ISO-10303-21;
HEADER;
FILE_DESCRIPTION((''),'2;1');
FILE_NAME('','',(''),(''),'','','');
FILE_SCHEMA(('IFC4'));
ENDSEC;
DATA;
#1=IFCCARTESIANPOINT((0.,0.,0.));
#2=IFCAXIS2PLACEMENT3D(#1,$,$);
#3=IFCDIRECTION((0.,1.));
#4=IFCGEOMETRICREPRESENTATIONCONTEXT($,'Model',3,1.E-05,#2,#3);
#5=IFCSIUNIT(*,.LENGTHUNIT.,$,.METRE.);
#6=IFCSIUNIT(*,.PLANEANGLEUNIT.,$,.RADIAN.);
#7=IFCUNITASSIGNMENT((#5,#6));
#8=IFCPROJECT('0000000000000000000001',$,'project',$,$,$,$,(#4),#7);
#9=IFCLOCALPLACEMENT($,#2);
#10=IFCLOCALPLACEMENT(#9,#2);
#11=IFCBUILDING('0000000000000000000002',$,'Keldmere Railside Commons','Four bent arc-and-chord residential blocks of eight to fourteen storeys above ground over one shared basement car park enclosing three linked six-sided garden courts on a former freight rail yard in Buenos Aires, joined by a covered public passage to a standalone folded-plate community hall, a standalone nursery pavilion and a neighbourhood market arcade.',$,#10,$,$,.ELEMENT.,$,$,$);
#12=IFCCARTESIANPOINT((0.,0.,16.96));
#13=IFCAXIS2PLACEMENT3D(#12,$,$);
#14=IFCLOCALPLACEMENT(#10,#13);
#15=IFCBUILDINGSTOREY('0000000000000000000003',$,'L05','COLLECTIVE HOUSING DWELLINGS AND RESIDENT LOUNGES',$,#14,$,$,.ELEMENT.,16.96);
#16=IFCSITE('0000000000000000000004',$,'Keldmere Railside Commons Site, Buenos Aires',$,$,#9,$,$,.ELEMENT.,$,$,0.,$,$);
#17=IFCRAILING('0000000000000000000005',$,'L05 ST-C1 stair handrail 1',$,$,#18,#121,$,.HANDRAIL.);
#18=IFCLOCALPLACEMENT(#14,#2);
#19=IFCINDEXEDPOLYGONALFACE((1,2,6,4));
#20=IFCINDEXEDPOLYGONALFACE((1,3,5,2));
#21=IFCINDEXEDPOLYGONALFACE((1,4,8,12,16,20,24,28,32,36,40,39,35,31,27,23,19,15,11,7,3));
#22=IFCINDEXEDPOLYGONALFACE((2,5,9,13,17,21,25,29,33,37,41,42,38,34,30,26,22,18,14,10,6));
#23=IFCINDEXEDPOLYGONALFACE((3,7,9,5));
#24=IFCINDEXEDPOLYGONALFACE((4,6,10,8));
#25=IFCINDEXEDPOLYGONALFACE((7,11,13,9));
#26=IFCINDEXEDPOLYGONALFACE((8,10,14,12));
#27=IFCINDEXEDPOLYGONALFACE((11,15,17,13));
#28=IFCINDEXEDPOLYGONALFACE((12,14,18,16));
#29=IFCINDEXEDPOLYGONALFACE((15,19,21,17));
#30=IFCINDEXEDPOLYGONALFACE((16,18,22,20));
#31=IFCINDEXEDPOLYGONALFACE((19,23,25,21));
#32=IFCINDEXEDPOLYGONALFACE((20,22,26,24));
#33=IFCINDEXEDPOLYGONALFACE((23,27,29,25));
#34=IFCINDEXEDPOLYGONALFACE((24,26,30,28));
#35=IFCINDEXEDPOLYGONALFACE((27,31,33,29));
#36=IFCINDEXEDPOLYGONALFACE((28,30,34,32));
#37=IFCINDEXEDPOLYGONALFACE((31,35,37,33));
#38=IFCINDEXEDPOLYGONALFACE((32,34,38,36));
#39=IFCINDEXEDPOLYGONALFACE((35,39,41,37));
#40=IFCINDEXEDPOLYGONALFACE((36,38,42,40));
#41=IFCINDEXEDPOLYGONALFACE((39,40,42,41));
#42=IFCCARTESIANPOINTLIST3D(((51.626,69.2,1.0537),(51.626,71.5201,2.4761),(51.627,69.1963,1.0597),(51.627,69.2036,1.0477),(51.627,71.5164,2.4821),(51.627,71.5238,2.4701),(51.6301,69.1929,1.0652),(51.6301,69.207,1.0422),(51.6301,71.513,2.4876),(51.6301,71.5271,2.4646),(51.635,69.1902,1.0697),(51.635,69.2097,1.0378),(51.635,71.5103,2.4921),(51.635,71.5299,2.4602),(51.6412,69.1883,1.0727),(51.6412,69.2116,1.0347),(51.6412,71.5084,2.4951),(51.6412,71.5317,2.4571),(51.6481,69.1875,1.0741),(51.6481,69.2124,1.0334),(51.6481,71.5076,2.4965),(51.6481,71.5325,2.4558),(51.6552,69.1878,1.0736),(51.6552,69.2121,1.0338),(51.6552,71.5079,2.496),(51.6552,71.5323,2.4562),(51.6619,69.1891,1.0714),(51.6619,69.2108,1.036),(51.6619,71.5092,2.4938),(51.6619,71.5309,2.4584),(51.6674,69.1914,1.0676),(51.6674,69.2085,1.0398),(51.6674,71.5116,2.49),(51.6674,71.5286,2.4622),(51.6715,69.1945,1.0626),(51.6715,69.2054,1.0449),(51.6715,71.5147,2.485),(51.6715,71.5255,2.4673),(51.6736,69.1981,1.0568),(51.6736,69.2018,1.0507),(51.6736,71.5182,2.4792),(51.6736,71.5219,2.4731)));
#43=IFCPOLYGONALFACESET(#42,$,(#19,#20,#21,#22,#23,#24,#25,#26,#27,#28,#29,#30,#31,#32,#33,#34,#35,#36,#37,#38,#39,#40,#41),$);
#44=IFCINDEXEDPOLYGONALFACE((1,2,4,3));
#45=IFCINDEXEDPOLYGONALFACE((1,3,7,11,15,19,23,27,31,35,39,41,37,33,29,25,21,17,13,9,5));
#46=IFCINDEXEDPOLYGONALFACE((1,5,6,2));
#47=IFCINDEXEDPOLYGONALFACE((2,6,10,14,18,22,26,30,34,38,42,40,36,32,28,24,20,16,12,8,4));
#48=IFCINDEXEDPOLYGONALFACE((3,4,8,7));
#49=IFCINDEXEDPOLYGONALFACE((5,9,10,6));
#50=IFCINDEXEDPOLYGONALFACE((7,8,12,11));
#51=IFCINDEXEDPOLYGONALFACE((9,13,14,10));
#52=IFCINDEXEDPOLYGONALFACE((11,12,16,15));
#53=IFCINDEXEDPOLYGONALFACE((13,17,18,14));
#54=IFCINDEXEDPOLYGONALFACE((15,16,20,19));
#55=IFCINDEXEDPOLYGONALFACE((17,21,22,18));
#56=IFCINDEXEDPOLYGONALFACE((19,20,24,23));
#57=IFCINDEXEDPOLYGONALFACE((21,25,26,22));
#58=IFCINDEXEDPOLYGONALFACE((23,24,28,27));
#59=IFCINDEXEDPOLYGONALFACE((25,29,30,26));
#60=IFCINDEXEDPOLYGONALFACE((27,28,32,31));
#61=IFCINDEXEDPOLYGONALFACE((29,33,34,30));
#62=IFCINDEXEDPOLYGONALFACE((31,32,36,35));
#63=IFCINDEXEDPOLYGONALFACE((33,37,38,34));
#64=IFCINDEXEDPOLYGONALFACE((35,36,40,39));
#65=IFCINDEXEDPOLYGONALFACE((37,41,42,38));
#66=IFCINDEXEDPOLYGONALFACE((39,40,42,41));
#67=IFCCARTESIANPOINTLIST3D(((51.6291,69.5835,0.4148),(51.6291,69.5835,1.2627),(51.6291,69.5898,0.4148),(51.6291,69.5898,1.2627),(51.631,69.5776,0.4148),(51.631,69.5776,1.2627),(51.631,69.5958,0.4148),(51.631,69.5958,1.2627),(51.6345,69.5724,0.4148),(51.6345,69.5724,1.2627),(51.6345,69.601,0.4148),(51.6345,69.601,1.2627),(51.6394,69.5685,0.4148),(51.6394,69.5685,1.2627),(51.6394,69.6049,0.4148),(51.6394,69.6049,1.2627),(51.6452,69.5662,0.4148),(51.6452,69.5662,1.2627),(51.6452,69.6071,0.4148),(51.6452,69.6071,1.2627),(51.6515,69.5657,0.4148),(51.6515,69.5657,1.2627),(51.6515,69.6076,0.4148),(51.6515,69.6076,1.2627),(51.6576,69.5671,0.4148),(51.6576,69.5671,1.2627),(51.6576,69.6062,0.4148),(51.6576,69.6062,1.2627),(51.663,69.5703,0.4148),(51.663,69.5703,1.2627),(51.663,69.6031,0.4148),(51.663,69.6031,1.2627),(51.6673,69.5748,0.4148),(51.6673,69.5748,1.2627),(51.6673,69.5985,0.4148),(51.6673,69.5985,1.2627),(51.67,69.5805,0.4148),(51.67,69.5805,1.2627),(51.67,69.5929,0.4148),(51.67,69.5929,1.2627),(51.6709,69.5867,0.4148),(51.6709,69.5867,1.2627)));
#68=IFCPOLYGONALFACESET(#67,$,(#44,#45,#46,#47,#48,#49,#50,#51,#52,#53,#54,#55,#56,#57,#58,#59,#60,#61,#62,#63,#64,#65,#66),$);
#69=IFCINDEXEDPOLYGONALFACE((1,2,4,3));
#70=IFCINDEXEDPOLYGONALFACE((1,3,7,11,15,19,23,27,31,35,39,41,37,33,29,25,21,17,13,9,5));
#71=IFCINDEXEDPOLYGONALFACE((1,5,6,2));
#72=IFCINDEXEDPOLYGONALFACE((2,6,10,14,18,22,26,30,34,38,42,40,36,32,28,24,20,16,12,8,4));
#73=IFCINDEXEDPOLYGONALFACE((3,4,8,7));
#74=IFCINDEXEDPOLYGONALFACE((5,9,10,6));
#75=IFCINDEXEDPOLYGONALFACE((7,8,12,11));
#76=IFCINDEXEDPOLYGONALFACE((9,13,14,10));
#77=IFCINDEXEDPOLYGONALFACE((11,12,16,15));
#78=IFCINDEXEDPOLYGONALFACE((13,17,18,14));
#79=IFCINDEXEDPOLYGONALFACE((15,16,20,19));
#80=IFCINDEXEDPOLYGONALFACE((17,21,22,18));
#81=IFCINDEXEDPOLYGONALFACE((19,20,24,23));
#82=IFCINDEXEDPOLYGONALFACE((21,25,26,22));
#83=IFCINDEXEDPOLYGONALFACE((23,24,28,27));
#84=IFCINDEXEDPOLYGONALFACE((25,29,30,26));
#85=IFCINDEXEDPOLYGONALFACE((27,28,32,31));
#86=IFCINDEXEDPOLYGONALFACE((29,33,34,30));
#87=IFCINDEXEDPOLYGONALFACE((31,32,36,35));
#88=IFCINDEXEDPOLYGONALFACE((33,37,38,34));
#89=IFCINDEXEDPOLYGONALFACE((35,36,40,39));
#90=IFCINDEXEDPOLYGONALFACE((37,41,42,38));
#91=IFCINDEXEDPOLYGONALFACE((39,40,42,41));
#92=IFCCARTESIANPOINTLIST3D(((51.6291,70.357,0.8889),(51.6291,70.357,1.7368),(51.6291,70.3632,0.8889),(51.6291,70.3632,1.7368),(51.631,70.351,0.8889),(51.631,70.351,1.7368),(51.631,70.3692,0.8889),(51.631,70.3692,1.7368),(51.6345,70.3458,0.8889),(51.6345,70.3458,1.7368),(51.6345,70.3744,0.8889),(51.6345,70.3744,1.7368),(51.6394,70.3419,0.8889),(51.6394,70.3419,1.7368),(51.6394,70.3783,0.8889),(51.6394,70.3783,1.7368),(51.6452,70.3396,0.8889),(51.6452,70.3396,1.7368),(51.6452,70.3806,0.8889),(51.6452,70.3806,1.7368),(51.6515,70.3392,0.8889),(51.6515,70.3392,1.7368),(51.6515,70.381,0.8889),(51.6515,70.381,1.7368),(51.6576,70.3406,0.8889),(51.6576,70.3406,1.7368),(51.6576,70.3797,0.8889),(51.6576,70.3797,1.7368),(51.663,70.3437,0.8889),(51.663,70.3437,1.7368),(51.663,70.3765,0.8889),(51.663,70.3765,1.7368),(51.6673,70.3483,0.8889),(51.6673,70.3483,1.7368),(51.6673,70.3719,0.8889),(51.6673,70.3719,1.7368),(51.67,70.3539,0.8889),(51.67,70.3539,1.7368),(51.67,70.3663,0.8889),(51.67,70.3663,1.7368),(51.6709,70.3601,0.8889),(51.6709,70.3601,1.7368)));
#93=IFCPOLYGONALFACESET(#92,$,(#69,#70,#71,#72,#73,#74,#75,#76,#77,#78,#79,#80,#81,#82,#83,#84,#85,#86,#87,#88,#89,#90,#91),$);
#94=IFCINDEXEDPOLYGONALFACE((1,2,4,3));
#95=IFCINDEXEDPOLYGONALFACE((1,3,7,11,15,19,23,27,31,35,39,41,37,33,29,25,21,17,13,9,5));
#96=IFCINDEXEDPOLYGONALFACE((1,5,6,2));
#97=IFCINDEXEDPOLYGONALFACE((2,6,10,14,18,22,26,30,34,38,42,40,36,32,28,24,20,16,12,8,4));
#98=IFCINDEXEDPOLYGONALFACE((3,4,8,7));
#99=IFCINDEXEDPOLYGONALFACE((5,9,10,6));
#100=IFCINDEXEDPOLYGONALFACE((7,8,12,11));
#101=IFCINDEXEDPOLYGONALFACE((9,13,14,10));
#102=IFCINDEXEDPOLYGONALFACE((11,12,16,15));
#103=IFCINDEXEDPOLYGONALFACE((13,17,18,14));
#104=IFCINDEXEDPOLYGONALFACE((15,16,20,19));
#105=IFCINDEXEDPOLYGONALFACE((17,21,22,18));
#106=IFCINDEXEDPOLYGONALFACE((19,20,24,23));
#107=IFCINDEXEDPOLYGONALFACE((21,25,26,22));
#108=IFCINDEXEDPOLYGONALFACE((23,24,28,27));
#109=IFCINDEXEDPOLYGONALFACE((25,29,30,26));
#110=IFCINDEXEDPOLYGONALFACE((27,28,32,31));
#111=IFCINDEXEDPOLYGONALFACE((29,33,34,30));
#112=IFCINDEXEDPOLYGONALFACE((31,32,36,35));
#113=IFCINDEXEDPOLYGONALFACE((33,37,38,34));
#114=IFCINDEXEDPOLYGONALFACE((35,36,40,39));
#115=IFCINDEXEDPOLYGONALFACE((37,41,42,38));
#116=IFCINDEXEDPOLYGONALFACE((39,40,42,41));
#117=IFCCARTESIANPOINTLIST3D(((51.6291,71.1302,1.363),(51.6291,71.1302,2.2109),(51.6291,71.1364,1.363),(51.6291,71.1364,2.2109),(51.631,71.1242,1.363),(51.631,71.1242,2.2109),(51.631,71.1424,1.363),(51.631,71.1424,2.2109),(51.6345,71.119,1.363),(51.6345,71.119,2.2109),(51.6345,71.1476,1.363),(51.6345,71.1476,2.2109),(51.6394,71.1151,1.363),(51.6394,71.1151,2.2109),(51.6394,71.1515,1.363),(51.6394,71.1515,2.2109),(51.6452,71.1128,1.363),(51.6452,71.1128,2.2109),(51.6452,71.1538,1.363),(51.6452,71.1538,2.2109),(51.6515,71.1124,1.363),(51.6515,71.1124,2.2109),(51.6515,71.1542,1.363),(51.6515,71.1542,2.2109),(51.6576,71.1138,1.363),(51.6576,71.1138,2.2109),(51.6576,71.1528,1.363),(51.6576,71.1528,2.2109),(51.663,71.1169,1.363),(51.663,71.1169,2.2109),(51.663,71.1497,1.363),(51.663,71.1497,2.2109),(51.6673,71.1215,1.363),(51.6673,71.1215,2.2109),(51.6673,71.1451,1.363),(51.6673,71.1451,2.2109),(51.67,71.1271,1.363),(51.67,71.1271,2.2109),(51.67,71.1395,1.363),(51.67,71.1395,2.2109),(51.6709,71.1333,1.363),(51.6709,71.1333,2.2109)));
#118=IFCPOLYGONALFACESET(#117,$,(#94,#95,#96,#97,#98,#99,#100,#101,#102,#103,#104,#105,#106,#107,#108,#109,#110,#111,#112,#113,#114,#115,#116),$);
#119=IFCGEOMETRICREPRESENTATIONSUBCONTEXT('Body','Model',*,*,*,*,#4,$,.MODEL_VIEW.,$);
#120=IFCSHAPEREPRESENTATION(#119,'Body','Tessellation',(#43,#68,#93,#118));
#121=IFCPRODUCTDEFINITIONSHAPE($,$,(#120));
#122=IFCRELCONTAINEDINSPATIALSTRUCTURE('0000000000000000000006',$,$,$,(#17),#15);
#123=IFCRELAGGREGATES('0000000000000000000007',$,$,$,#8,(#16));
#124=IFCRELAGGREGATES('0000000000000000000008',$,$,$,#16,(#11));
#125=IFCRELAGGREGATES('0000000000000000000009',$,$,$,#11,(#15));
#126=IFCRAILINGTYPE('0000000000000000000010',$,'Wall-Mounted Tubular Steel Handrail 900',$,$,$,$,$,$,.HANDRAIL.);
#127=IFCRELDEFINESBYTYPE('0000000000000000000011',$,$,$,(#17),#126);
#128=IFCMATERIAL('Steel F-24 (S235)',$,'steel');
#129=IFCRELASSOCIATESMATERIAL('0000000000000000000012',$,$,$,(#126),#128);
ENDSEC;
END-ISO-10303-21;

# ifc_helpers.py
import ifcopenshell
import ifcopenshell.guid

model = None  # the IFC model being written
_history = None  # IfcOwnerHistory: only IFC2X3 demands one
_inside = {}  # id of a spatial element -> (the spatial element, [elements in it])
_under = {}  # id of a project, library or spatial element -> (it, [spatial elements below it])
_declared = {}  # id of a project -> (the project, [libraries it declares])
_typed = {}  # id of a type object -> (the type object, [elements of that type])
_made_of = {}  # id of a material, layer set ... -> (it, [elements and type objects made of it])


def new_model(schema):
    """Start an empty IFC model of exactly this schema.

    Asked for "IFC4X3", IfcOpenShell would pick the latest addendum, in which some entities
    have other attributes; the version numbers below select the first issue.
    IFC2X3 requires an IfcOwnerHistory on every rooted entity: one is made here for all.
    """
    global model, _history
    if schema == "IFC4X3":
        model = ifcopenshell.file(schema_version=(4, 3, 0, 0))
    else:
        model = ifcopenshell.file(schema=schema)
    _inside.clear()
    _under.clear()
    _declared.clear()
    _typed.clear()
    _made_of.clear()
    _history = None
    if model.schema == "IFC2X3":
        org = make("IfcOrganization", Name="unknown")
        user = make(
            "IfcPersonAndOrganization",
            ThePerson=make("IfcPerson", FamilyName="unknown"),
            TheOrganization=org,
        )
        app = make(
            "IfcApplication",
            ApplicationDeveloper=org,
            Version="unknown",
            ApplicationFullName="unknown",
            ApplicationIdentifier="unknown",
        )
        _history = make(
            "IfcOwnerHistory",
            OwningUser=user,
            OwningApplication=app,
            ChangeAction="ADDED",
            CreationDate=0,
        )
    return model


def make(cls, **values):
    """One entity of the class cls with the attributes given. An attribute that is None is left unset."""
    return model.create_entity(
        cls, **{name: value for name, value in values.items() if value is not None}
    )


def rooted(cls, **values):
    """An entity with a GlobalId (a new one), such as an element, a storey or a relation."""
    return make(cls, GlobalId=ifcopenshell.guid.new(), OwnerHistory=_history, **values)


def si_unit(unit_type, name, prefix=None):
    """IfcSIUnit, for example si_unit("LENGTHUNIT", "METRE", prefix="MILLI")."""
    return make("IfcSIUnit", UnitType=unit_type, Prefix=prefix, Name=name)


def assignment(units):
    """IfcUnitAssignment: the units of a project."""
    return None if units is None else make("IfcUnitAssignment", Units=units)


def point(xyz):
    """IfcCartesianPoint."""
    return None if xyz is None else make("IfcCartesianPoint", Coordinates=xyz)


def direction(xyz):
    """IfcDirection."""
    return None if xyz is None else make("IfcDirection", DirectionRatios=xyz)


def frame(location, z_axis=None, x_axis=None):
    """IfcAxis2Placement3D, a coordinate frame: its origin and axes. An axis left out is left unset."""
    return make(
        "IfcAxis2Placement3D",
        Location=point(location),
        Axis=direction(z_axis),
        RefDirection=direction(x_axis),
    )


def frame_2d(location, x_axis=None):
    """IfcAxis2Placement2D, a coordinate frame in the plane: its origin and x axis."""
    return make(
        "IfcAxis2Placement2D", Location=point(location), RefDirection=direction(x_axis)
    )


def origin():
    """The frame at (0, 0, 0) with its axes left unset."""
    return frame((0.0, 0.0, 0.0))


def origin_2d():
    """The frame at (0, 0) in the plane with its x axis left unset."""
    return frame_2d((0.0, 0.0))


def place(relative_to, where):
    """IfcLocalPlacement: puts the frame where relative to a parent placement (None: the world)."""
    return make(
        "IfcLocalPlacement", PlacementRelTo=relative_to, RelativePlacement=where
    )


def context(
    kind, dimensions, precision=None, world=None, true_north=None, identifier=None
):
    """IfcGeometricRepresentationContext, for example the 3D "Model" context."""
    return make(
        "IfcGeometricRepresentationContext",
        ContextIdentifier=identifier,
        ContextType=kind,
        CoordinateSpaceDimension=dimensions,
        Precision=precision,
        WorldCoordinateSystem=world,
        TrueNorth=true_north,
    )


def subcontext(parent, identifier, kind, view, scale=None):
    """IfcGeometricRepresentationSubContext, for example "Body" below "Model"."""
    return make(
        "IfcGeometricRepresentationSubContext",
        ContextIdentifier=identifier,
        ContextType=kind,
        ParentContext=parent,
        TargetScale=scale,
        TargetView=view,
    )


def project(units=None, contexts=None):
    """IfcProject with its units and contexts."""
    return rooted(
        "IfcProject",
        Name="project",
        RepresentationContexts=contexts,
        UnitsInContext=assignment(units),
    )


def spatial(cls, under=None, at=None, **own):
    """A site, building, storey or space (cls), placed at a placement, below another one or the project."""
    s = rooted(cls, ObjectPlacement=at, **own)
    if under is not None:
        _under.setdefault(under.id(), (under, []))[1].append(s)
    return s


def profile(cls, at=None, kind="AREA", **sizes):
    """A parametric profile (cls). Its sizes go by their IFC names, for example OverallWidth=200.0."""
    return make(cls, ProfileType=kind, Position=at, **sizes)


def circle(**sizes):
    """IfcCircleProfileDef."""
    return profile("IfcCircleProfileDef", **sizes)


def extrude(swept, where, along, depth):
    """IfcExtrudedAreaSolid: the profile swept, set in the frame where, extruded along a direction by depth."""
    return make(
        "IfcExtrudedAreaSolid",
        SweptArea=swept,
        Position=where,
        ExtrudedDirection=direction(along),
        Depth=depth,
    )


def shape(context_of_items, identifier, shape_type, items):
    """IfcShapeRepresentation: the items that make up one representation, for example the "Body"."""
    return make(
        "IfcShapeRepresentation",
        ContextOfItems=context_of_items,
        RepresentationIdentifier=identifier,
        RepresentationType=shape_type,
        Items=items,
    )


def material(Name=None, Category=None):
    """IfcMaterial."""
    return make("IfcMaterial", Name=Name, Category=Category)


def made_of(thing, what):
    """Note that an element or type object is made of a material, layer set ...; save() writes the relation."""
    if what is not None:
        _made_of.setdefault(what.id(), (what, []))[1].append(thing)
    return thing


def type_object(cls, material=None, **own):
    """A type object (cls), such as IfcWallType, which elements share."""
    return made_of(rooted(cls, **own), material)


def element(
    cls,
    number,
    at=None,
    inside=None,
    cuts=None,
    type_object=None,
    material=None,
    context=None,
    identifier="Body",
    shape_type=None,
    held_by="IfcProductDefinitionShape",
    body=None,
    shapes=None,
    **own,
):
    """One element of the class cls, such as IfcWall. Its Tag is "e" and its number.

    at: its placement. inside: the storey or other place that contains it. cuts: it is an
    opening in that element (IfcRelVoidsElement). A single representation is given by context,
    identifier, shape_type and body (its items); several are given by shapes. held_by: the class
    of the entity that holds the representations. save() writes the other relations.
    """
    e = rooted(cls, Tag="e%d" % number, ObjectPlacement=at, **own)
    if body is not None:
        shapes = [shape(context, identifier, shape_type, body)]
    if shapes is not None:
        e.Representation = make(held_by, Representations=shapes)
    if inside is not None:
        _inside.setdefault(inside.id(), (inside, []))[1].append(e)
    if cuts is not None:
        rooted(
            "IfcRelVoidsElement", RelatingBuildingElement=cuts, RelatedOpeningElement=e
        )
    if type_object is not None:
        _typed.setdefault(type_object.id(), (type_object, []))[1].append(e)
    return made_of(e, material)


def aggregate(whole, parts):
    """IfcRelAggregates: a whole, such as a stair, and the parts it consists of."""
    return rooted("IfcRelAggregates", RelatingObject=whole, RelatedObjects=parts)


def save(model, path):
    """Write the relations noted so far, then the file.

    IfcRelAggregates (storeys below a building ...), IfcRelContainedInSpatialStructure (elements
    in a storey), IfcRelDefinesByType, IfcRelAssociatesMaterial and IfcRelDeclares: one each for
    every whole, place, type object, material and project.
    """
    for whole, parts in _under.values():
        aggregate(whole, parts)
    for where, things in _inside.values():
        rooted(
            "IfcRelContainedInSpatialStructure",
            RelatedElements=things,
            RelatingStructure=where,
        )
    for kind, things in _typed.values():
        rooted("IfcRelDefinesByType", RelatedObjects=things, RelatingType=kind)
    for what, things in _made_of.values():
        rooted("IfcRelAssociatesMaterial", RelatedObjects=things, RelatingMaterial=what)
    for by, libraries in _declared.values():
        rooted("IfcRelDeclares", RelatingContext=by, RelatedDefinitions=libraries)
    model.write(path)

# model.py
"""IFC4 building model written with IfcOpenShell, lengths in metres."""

from ifc_helpers import new_model, si_unit, direction, frame, origin, origin_2d, place, context, subcontext, project, spatial, circle, extrude, material, type_object, element, save


model = new_model("IFC4")

# Units and contexts
model_context = context("Model", 3, precision=1e-05, world=origin(), true_north=direction((0.0, 1.0)))
body_context = subcontext(model_context, "Body", "Model", "MODEL_VIEW")
ifc_project = project(units=[si_unit("LENGTHUNIT", "METRE"), si_unit("PLANEANGLEUNIT", "RADIAN")], contexts=[model_context])

# Site, building, storey
site_placement = place(None, origin())
site = spatial("IfcSite", under=ifc_project, at=site_placement, Name="Keldmere Railside Commons Site, Buenos Aires", CompositionType="ELEMENT", RefElevation=0.0)
building_placement = place(site_placement, origin())
building = spatial("IfcBuilding", under=site, at=building_placement, Name="Keldmere Railside Commons", Description="Four bent arc-and-chord residential blocks of eight to fourteen storeys above ground over one shared basement car park enclosing three linked six-sided garden courts on a former freight rail yard in Buenos Aires, joined by a covered public passage to a standalone folded-plate community hall, a standalone nursery pavilion and a neighbourhood market arcade.", CompositionType="ELEMENT")
storey_placement = place(building_placement, frame((0.0, 0.0, 16.96)))
storey = spatial("IfcBuildingStorey", under=building, at=storey_placement, Name="L05", Description="COLLECTIVE HOUSING DWELLINGS AND RESIDENT LOUNGES", CompositionType="ELEMENT", Elevation=16.96)

# Railing
ifc_material_1 = material(Name="Steel F-24 (S235)", Category="steel")
railing_type_1 = type_object("IfcRailingType", Name="Wall-Mounted Tubular Steel Handrail 900", PredefinedType="HANDRAIL", material=ifc_material_1)
railing_1_placement = place(storey_placement, frame((51.6499, 69.2, 0.1777)))
element("IfcRailing", 1, at=railing_1_placement, inside=storey, type_object=railing_type_1, Name="L05 ST-C1 stair handrail 1", PredefinedType="HANDRAIL", context=body_context, shape_type="SweptSolid", body=[
    extrude(circle(Radius=0.0239, at=origin_2d()), frame((0.0, 0.0, 0.876), z_axis=(0.0, 0.852538, 0.522665), x_axis=(-1.0, 0.0, 0.0)), (0.0, 0.0, 1.0), 2.7214),
    extrude(circle(Radius=0.021, at=origin_2d()), frame((0.0, 0.3867, 0.2371)), (0.0, 0.0, 1.0), 0.8479),
    extrude(circle(Radius=0.021, at=origin_2d()), frame((0.0, 1.1602, 0.7112)), (0.0, 0.0, 1.0), 0.8479),
    extrude(circle(Radius=0.021, at=origin_2d()), frame((0.0, 1.9333, 1.1853)), (0.0, 0.0, 1.0), 0.8479),
])

save(model, "model.ifc")
